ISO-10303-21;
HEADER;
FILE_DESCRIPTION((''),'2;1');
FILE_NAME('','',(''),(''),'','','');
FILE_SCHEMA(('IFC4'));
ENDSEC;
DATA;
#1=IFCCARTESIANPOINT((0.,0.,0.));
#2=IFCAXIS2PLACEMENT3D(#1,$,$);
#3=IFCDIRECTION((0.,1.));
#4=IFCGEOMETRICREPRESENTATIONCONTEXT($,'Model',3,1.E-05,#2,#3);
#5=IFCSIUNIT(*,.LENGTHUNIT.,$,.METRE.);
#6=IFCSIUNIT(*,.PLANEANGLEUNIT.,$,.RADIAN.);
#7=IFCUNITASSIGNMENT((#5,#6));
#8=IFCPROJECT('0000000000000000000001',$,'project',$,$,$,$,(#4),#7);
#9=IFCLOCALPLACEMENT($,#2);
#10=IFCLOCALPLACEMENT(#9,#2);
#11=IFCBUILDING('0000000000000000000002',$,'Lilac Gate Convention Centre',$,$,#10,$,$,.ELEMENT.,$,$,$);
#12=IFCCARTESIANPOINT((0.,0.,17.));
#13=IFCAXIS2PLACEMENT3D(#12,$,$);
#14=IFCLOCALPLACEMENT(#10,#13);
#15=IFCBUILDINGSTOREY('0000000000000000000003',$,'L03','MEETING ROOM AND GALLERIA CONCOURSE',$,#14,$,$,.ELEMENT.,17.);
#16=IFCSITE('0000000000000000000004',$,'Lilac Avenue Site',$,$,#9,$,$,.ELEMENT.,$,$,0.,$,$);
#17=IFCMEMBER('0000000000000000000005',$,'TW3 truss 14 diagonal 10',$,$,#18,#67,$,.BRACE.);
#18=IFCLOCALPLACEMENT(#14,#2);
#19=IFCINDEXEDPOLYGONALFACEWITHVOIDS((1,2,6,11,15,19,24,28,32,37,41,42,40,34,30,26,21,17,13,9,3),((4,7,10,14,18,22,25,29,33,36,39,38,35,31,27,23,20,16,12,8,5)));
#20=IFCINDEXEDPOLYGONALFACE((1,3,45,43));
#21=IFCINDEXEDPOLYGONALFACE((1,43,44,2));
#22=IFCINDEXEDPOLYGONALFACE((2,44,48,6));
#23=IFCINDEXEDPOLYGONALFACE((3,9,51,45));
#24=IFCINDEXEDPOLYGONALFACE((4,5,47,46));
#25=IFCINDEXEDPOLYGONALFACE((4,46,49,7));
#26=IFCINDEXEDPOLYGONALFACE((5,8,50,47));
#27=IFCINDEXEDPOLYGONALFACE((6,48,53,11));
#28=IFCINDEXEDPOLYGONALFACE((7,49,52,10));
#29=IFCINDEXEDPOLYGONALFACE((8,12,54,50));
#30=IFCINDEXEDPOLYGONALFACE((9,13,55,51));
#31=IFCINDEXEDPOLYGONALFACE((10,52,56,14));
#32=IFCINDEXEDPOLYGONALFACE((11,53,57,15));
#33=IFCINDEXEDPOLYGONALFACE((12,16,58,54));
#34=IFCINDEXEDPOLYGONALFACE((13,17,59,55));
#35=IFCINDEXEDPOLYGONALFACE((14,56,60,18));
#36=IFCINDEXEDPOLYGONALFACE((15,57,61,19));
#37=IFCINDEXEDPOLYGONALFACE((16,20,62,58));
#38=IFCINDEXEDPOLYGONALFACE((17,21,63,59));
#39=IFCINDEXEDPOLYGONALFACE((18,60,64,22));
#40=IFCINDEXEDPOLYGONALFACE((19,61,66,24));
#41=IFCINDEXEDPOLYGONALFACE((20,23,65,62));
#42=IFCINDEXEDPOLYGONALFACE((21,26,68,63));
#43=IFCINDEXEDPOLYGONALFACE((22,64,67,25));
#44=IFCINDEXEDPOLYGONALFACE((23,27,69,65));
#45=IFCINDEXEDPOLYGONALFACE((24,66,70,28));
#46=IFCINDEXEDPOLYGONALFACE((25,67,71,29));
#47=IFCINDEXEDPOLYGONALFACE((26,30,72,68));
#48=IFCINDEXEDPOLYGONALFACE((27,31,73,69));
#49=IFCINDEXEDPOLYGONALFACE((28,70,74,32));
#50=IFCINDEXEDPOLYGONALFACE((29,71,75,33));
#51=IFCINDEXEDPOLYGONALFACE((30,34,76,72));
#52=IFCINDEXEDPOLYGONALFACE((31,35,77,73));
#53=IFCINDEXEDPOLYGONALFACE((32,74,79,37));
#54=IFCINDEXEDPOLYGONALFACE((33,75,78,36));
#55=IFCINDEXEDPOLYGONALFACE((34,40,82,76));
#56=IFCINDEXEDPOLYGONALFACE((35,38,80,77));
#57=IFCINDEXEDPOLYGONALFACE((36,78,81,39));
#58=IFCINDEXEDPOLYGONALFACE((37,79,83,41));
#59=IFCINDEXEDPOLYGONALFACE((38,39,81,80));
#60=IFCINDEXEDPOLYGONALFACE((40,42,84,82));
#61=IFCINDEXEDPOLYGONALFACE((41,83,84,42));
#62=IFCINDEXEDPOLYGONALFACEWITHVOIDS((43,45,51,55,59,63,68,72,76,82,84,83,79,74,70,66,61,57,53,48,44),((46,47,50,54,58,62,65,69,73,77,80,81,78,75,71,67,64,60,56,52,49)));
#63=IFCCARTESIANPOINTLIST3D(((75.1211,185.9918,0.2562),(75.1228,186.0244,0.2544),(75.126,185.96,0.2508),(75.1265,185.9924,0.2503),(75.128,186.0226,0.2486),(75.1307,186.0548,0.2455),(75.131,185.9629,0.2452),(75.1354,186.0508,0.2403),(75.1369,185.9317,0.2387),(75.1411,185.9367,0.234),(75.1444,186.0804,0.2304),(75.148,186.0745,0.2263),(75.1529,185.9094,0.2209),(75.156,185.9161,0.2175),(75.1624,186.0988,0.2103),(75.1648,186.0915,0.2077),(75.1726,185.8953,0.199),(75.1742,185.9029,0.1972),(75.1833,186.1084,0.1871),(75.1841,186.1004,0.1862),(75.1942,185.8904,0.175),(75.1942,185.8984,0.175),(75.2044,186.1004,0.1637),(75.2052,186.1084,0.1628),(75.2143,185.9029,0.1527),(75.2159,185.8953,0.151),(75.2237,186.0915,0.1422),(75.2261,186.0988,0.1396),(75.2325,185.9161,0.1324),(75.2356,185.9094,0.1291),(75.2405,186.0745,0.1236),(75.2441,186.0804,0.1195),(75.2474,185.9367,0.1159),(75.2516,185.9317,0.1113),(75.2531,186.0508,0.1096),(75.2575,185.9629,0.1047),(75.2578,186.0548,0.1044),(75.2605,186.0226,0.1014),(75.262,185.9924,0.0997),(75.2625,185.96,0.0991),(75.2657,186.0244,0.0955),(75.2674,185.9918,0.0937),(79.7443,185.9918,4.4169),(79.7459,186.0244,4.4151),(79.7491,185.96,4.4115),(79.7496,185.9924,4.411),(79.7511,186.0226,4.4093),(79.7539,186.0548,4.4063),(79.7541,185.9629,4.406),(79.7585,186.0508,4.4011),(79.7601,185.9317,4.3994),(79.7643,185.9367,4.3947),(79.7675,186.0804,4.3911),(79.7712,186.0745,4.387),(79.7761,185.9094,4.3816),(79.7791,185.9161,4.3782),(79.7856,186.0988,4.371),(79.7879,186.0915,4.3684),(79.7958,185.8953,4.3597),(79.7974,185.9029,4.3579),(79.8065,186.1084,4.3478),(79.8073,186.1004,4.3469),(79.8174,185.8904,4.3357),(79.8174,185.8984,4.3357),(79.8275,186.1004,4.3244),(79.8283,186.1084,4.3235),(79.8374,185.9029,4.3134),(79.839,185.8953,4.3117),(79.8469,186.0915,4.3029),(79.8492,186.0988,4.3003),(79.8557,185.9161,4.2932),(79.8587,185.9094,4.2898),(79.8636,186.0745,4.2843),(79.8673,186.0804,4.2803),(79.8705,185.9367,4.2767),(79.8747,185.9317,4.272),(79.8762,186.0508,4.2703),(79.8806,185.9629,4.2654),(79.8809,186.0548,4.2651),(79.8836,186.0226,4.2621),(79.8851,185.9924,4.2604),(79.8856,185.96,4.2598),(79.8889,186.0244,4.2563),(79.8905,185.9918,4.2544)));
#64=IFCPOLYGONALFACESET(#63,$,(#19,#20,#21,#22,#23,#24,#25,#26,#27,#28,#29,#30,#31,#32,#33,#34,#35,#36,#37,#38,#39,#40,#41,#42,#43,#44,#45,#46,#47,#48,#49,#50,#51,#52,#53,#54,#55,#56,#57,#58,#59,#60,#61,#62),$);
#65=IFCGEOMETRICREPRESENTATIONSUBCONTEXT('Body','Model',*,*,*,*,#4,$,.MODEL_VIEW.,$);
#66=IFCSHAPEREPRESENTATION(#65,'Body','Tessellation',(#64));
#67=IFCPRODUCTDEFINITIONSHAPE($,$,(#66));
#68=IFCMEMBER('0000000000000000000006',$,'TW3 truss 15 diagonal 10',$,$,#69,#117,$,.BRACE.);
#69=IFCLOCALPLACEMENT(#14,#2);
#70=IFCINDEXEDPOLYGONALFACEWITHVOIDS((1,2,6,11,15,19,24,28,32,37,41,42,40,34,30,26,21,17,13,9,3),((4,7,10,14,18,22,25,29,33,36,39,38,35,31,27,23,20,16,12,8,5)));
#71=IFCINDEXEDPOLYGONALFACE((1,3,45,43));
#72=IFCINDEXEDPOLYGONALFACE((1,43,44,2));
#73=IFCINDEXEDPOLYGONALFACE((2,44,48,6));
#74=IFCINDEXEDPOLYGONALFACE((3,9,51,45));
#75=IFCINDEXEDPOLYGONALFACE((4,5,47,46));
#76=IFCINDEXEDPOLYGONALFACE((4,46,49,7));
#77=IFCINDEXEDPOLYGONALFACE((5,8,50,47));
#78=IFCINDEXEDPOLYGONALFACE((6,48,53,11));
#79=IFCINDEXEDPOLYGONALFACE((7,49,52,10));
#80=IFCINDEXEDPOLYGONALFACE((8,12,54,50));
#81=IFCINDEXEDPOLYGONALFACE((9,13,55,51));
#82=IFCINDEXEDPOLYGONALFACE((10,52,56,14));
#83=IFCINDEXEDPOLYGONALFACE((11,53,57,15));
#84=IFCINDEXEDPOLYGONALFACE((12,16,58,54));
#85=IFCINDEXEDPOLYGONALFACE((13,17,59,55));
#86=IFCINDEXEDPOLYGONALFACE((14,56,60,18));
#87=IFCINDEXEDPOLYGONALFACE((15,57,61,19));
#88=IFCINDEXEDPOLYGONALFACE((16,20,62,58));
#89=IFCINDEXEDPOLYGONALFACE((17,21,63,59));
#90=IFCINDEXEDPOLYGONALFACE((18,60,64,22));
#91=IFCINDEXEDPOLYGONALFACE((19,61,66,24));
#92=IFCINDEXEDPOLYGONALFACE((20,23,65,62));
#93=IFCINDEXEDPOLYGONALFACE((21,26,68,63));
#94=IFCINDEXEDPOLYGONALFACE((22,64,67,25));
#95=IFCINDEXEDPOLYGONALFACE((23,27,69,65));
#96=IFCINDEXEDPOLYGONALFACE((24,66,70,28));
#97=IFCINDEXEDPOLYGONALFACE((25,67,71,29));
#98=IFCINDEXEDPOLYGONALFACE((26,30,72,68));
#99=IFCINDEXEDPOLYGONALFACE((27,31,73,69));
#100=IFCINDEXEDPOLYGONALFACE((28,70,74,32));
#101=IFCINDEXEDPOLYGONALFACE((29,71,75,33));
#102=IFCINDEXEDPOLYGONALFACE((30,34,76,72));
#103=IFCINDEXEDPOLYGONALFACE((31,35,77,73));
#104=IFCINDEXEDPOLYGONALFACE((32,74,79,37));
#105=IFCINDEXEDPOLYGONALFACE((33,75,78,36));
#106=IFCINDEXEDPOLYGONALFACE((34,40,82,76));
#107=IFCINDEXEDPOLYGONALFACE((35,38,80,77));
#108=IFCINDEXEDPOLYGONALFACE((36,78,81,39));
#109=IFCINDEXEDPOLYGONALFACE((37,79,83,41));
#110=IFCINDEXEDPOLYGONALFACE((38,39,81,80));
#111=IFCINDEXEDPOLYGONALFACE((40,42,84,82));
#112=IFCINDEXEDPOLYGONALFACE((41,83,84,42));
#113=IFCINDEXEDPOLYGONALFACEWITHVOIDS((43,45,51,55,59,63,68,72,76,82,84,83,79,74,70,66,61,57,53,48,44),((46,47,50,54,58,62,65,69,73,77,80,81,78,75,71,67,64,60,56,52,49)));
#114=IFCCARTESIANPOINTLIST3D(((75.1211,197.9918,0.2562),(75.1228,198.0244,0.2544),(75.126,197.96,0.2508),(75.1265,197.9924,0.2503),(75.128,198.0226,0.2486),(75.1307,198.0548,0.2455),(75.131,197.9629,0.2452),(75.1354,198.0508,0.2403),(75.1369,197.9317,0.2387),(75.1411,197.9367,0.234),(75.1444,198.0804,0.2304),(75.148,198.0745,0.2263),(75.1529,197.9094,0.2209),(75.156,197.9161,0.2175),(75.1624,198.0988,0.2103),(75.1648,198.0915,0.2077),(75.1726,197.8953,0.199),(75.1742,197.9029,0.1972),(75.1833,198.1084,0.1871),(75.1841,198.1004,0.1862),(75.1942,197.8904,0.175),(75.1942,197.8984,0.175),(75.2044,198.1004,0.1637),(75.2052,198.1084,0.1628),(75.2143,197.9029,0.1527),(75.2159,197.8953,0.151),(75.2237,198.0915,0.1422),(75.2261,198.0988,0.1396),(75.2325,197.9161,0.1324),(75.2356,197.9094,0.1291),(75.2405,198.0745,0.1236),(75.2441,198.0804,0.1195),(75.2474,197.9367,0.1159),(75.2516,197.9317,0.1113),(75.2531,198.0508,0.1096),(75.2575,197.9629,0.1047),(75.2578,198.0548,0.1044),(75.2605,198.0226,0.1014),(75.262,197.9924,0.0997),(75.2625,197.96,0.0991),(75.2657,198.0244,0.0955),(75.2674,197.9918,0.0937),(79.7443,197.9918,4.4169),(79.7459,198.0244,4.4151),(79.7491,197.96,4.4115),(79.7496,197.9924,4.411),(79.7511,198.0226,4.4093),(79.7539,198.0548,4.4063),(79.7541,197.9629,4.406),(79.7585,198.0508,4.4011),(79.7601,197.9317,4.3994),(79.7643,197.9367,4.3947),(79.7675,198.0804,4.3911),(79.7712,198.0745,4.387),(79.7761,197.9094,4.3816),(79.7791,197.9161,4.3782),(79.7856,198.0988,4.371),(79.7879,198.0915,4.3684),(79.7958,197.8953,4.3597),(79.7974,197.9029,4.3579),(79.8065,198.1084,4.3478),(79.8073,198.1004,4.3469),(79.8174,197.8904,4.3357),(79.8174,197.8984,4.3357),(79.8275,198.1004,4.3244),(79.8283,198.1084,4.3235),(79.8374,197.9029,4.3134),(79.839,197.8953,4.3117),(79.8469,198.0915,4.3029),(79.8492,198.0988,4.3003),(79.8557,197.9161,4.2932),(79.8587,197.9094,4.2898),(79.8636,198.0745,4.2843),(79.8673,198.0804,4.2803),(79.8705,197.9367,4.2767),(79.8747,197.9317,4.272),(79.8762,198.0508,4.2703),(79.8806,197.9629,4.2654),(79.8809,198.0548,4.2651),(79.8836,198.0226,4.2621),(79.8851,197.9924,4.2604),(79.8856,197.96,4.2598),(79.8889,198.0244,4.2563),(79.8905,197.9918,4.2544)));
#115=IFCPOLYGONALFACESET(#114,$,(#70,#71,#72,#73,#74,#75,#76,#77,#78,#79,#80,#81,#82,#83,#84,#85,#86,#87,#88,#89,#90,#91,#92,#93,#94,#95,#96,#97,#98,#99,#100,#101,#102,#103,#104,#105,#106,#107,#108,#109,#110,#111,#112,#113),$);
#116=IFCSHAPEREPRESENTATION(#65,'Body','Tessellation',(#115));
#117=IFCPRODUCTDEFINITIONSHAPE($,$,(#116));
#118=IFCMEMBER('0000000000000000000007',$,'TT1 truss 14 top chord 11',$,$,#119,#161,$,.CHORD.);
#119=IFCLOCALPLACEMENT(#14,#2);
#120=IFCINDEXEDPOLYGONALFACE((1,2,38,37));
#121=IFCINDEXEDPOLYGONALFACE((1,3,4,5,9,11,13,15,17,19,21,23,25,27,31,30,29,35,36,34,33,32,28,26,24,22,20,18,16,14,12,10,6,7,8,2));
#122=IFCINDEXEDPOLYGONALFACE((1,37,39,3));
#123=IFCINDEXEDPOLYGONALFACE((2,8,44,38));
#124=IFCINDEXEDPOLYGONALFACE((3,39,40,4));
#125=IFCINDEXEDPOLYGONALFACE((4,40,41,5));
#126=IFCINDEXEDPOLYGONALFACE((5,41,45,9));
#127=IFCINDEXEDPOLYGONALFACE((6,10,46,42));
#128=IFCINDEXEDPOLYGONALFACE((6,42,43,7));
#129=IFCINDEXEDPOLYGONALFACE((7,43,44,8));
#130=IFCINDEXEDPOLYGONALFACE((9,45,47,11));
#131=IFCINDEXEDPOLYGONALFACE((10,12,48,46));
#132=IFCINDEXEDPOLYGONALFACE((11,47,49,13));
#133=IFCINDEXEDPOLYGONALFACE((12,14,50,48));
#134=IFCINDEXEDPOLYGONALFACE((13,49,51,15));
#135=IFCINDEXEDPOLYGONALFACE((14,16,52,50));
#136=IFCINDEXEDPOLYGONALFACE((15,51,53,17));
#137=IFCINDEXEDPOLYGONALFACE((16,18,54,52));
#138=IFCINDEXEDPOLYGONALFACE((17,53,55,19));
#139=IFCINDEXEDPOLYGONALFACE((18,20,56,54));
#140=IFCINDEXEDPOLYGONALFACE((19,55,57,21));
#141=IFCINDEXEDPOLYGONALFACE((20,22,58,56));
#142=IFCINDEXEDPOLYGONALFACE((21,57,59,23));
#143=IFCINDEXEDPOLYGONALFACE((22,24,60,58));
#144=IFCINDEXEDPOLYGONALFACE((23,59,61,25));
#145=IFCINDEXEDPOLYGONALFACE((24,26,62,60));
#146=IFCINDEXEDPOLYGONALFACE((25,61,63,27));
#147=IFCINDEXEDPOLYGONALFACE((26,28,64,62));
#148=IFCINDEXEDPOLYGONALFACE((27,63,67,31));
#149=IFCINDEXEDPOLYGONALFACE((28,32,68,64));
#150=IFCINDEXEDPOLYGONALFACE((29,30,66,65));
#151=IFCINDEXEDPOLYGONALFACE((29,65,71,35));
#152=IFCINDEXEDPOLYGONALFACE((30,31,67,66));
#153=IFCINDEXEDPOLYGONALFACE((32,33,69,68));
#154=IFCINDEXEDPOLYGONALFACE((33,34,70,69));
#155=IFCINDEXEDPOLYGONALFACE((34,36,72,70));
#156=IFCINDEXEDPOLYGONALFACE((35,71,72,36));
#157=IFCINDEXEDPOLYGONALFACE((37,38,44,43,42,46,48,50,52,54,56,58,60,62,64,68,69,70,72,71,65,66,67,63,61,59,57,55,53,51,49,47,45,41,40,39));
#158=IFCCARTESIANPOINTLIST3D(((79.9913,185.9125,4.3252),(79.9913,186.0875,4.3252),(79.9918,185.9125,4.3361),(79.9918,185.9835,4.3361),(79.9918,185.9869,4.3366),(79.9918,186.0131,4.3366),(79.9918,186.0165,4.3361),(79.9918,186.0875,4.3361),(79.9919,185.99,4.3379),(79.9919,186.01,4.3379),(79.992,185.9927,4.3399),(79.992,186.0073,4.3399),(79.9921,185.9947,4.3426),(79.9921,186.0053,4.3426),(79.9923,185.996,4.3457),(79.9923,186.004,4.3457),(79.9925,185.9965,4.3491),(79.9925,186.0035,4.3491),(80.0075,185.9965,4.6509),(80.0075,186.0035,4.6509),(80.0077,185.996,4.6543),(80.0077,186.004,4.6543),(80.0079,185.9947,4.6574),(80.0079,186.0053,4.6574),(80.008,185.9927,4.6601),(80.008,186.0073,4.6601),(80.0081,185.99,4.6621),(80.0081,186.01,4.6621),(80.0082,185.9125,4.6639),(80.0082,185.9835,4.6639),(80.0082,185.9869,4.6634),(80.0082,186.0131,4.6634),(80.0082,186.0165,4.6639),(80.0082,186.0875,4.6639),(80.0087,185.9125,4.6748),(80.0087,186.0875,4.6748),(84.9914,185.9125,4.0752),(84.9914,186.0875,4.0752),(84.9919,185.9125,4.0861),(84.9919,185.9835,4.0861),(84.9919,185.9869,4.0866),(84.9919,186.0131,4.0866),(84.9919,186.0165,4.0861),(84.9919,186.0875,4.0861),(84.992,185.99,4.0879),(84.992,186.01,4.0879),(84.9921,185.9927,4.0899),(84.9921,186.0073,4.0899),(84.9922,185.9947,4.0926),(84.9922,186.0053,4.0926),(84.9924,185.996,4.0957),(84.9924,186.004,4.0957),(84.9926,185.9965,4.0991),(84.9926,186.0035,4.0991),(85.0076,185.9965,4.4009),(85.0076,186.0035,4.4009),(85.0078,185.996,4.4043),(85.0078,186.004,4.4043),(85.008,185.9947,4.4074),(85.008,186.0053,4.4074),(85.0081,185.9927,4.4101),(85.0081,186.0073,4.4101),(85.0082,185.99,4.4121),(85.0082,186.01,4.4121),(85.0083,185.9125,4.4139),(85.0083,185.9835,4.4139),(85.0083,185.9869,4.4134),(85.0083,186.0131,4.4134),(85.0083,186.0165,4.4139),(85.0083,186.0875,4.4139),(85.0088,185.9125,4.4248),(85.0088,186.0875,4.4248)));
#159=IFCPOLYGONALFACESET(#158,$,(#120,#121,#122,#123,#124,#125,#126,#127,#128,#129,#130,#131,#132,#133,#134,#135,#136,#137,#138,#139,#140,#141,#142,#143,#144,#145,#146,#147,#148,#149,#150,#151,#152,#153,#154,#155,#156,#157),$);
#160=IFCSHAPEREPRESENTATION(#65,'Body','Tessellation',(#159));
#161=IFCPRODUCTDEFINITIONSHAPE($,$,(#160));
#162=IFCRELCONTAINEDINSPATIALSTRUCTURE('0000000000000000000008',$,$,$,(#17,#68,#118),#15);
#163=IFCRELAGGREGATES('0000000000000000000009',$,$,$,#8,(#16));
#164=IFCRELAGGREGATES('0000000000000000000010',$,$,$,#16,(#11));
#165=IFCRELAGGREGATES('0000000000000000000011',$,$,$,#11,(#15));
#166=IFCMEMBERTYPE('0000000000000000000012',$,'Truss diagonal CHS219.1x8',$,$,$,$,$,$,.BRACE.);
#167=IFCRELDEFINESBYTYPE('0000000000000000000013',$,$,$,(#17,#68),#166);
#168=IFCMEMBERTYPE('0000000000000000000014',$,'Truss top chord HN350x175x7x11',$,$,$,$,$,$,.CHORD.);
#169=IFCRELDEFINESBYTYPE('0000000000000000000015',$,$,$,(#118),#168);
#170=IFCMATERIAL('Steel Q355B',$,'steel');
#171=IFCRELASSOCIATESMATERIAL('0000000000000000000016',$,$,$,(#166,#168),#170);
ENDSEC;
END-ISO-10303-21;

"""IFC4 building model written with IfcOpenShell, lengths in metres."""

from ifc_helpers import new_model, si_unit, direction, frame, origin, origin_2d, place, context, subcontext, project, spatial, hollow_circle, i_section, extrude, material, material_profile, profile_set, type_object, element, save


model = new_model("IFC4")

# Units and contexts
model_context = context("Model", 3, precision=1e-05, world=origin(), true_north=direction((0.0, 1.0)))
body_context = subcontext(model_context, "Body", "Model", "MODEL_VIEW")
ifc_project = project(units=[si_unit("LENGTHUNIT", "METRE"), si_unit("PLANEANGLEUNIT", "RADIAN")], contexts=[model_context])

# Site, building, storey
site_placement = place(None, origin())
site = spatial("IfcSite", under=ifc_project, at=site_placement, Name="Lilac Avenue Site", CompositionType="ELEMENT", RefElevation=0.0)
building_placement = place(site_placement, origin())
building = spatial("IfcBuilding", under=site, at=building_placement, Name="Lilac Gate Convention Centre", CompositionType="ELEMENT")
storey_placement = place(building_placement, frame((0.0, 0.0, 17.0)))
storey = spatial("IfcBuildingStorey", under=building, at=storey_placement, Name="L03", Description="MEETING ROOM AND GALLERIA CONCOURSE", CompositionType="ELEMENT", Elevation=17.0)

# Members
ifc_material = material(Name="Steel Q355B", Category="steel")
ifc_material_profile_1 = material_profile(ifc_material, hollow_circle(Radius=0.1096, WallThickness=0.0081, at=origin_2d()), Name="CHS219.1x8")
ifc_profile_set_1 = profile_set([ifc_material_profile_1], Name="Steel Q355B")
member_type_1 = type_object("IfcMemberType", Name="Truss diagonal CHS219.1x8", PredefinedType="BRACE", material=ifc_profile_set_1)
for number, where, z_axis, x_axis, name in (
    (1, (79.8174, 186.0, 4.3357), (-0.743302, 0.0, -0.668956), (0.0, -1.0, 0.0), "TW3 truss 14 diagonal 10"),
    (2, (79.8174, 198.0, 4.3357), (-0.743302, 0.0, -0.668956), (0.0, -1.0, 0.0), "TW3 truss 15 diagonal 10"),
):
    element("IfcMember", number, at=place(storey_placement, frame(where, z_axis=z_axis, x_axis=x_axis)), inside=storey, type_object=member_type_1, Name=name, PredefinedType="BRACE", context=body_context, shape_type="SweptSolid", body=[
        extrude(hollow_circle(Radius=0.1096, WallThickness=0.0081, at=origin_2d()), origin(), (0.0, 0.0, 1.0), 6.2197),
    ])
ifc_material_profile_2 = material_profile(ifc_material, i_section(OverallWidth=0.175, OverallDepth=0.3501, WebThickness=0.0071, FlangeThickness=0.011, FilletRadius=0.0129, at=origin_2d()), Name="HN350x175x7x11")
ifc_profile_set_2 = profile_set([ifc_material_profile_2], Name="Steel Q355B")
member_type_2 = type_object("IfcMemberType", Name="Truss top chord HN350x175x7x11", PredefinedType="CHORD", material=ifc_profile_set_2)
member_1_placement = place(storey_placement, frame((80.0, 186.0, 4.5), z_axis=(0.998752, 0.0, -0.049938), x_axis=(0.0, 1.0, 0.0)))
element("IfcMember", 3, at=member_1_placement, inside=storey, type_object=member_type_2, Name="TT1 truss 14 top chord 11", PredefinedType="CHORD", context=body_context, shape_type="SweptSolid", body=[
    extrude(i_section(OverallWidth=0.175, OverallDepth=0.3501, WebThickness=0.0071, FlangeThickness=0.011, FilletRadius=0.0129, at=origin_2d()), origin(), (0.0, 0.0, 1.0), 5.0063),
])

save(model, "model.ifc")
